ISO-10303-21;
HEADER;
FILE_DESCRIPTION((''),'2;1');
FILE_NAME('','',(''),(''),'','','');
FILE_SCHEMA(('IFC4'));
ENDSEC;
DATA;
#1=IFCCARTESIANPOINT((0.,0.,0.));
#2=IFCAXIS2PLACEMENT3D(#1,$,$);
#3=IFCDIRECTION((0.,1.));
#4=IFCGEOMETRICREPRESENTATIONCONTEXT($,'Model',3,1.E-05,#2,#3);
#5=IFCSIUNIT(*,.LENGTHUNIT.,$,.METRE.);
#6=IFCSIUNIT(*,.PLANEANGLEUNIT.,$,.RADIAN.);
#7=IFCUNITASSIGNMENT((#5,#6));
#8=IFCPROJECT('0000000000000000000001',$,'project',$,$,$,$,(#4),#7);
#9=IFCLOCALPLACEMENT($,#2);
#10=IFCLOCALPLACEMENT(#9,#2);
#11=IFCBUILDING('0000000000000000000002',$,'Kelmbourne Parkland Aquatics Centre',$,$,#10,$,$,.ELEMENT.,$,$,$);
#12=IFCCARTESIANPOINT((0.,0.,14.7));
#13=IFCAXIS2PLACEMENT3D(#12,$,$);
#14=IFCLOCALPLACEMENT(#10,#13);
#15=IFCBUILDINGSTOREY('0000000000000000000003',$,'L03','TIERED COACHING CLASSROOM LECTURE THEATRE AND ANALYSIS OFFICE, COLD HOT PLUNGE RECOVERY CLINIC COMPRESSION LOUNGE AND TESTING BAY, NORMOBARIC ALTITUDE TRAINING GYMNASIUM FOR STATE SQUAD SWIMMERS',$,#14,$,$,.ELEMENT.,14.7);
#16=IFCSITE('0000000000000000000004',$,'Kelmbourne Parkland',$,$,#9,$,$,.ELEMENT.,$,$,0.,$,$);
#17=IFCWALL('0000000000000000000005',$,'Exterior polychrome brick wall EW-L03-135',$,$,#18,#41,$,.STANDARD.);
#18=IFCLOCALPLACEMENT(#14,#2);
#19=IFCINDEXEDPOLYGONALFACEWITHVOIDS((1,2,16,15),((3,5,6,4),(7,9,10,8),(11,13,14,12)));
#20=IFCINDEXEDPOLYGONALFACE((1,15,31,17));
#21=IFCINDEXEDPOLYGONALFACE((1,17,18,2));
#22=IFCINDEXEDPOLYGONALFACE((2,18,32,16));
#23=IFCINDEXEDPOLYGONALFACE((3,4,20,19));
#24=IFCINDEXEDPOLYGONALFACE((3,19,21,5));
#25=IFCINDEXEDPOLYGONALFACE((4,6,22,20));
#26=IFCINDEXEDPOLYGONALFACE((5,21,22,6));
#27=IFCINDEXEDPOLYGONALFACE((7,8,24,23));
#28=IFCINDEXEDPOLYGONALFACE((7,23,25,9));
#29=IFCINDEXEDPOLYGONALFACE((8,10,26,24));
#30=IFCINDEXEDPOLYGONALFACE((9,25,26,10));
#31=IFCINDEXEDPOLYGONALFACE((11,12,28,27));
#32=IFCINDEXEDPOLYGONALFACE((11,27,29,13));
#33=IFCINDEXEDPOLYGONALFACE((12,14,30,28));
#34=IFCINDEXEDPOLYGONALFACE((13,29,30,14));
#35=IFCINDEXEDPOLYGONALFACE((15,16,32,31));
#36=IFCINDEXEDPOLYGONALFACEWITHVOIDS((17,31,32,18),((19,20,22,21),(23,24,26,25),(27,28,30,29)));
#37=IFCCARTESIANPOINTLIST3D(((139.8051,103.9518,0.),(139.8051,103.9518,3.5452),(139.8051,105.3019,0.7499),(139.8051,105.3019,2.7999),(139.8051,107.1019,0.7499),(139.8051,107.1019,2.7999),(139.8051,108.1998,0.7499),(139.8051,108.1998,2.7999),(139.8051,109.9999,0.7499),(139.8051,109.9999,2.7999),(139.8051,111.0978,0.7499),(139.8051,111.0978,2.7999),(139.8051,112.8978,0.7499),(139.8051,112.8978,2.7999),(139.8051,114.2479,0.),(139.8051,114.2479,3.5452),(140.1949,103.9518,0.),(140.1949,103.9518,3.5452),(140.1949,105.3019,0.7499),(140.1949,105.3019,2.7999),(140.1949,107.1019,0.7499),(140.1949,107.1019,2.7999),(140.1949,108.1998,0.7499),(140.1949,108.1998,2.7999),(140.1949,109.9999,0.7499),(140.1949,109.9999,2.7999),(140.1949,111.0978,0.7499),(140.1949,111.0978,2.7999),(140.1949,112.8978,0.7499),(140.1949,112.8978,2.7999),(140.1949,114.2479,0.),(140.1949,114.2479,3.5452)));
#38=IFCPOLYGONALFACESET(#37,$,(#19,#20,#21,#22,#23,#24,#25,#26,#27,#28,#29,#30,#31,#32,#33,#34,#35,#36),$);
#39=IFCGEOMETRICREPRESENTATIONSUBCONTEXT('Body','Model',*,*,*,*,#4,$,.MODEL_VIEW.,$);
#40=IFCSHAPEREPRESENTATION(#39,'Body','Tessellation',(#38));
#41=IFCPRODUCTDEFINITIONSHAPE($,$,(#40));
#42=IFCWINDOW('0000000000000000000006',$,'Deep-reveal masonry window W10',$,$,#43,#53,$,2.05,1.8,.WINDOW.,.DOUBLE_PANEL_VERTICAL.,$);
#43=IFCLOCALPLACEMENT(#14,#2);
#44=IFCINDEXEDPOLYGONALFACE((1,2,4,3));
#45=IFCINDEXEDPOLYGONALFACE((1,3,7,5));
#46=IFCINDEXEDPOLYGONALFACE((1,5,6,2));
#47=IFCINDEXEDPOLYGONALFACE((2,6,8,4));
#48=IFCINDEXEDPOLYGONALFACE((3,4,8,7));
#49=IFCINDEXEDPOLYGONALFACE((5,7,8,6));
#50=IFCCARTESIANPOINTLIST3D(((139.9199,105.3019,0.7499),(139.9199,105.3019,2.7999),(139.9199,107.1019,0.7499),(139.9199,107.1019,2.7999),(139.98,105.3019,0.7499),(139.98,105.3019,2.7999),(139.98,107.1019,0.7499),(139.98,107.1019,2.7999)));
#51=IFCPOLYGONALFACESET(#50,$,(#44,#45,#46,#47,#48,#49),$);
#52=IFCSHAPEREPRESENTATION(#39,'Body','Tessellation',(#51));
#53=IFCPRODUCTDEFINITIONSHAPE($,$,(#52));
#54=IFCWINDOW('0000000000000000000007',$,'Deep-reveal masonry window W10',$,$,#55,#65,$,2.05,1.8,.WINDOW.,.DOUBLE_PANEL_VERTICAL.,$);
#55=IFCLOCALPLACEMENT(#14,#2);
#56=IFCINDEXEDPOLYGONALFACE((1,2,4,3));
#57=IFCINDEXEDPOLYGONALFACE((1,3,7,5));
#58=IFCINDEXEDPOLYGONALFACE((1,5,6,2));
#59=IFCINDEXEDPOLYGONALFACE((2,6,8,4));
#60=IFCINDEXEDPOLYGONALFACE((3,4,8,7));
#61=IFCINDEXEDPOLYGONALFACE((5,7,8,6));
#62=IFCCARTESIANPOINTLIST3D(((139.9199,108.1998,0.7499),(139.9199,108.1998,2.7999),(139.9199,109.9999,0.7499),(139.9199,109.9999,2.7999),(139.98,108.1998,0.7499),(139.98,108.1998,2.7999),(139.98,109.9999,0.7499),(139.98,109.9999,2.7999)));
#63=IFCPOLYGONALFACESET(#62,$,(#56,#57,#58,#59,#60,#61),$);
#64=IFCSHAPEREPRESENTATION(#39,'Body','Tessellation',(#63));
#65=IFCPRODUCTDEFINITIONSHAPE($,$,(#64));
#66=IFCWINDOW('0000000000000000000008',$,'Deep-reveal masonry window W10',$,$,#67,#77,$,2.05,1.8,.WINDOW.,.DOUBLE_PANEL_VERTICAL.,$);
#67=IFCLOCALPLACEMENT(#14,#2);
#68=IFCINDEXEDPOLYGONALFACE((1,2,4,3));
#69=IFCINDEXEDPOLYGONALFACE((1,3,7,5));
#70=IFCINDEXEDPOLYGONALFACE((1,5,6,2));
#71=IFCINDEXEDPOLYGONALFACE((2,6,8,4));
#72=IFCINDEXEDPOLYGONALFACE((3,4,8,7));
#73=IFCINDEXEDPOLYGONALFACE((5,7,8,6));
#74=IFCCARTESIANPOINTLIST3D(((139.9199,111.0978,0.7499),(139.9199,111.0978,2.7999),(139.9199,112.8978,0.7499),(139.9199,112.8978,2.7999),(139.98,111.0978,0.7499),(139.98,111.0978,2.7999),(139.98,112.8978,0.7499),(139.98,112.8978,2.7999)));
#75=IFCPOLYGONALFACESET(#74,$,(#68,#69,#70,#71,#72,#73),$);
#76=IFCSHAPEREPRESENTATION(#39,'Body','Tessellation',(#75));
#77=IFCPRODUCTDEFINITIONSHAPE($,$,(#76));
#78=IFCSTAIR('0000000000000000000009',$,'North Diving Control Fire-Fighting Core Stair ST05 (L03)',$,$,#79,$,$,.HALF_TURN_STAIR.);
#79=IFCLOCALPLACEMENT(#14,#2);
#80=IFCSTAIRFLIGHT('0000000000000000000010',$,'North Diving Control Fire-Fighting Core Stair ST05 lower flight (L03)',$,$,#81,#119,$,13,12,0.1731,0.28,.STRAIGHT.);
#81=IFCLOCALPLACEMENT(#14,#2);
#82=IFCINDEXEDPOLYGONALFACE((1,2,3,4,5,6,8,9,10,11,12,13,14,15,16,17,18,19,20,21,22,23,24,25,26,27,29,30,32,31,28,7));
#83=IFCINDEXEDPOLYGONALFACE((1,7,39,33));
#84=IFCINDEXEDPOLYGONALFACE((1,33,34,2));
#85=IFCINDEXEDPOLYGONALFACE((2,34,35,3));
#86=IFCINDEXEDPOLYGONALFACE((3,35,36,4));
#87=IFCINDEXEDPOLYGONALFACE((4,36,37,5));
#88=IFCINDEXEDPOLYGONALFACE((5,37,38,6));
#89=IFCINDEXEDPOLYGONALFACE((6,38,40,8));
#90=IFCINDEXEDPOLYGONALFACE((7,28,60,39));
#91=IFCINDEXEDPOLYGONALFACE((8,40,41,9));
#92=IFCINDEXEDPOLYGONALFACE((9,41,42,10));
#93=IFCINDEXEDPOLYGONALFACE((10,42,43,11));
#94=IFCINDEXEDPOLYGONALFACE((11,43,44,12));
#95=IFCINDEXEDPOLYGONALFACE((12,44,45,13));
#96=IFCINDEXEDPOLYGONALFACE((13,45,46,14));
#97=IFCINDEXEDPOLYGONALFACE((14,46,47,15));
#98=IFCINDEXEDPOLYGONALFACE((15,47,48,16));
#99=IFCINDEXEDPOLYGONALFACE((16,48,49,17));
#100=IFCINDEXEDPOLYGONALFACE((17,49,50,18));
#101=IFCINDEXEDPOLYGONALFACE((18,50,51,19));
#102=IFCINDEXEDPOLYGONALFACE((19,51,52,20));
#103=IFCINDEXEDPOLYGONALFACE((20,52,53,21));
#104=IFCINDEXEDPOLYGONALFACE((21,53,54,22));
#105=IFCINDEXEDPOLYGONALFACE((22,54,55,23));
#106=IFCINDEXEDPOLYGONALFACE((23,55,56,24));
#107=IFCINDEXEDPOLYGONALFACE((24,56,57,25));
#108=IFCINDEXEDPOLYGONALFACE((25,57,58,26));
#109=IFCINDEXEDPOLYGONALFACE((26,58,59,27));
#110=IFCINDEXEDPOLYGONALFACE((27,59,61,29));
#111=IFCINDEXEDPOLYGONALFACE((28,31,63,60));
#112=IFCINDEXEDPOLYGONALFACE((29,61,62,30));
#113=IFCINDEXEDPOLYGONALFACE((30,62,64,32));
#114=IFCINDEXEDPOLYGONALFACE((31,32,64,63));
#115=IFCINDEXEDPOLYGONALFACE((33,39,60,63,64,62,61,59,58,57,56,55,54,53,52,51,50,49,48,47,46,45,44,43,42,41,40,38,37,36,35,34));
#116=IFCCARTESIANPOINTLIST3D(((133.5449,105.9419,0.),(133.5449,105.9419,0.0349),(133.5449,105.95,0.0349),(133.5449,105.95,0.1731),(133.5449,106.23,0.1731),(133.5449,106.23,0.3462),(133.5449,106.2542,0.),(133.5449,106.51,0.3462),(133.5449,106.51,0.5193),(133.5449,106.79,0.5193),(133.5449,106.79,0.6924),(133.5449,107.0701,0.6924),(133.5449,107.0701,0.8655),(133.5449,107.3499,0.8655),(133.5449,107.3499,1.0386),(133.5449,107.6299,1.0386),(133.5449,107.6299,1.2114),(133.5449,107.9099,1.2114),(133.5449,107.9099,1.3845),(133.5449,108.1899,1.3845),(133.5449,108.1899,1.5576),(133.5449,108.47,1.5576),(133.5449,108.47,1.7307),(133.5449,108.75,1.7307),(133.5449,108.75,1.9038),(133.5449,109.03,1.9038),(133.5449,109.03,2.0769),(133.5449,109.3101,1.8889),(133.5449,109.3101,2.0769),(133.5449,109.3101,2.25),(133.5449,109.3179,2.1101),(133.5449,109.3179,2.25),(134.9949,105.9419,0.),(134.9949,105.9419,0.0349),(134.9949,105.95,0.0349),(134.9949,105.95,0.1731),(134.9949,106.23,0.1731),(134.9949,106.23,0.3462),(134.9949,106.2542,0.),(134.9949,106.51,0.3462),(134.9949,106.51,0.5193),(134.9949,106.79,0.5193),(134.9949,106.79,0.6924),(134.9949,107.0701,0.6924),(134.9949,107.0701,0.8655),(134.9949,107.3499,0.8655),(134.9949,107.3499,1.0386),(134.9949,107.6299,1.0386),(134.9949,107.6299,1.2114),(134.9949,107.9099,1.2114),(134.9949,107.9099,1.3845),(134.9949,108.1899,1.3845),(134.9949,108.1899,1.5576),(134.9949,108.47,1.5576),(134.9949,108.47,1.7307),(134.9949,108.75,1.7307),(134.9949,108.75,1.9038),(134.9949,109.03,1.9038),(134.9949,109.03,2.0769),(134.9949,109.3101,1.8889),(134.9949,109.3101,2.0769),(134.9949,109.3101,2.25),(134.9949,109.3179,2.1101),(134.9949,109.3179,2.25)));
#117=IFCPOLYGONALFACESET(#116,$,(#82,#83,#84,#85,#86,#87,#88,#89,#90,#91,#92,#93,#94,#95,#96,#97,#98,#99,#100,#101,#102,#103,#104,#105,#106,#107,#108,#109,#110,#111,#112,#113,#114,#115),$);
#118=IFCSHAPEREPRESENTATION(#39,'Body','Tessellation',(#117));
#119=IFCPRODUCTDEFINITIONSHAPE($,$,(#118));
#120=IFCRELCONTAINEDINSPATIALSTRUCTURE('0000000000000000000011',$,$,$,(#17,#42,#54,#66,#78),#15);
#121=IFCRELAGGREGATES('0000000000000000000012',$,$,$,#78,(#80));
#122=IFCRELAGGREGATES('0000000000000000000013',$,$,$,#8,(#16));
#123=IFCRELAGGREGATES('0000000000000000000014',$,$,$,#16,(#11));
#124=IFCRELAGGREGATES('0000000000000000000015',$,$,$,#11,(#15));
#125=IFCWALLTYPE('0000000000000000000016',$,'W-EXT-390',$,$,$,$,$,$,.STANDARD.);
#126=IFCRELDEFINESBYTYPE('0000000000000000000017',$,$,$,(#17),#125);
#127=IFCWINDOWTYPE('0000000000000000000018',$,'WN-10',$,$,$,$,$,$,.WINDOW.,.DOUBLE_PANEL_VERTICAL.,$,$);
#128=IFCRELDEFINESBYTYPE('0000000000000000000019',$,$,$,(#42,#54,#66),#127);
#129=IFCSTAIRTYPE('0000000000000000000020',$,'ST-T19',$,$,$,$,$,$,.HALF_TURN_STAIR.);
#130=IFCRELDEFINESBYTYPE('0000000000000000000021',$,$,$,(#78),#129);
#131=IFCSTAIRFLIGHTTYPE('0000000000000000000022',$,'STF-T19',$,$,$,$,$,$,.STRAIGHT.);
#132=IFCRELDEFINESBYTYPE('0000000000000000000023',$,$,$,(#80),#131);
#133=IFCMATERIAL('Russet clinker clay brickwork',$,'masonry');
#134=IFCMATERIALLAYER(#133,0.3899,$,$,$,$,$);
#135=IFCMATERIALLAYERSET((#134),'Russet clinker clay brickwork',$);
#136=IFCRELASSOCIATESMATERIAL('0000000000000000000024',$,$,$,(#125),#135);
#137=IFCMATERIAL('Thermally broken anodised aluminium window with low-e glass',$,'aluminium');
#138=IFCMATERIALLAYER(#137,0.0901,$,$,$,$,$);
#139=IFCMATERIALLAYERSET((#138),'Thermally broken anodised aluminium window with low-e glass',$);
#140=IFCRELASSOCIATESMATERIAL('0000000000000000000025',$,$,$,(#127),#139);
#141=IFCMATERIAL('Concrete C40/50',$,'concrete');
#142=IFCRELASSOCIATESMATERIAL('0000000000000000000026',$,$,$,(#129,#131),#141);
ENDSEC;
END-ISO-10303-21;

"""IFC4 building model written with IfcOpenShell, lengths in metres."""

from ifc_helpers import new_model, si_unit, direction, frame, frame_2d, origin, place, context, subcontext, project, spatial, polyline, rectangle, outline, extrude, material, layer, layer_set, type_object, element, fill, aggregate, save


model = new_model("IFC4")

# Units and contexts
model_context = context("Model", 3, precision=1e-05, world=origin(), true_north=direction((0.0, 1.0)))
body_context = subcontext(model_context, "Body", "Model", "MODEL_VIEW")
ifc_project = project(units=[si_unit("LENGTHUNIT", "METRE"), si_unit("PLANEANGLEUNIT", "RADIAN")], contexts=[model_context])

# Site, building, storey
site_placement = place(None, origin())
site = spatial("IfcSite", under=ifc_project, at=site_placement, Name="Kelmbourne Parkland", CompositionType="ELEMENT", RefElevation=0.0)
building_placement = place(site_placement, origin())
building = spatial("IfcBuilding", under=site, at=building_placement, Name="Kelmbourne Parkland Aquatics Centre", CompositionType="ELEMENT")
storey_placement = place(building_placement, frame((0.0, 0.0, 14.7)))
storey = spatial("IfcBuildingStorey", under=building, at=storey_placement, Name="L03", Description="TIERED COACHING CLASSROOM LECTURE THEATRE AND ANALYSIS OFFICE, COLD HOT PLUNGE RECOVERY CLINIC COMPRESSION LOUNGE AND TESTING BAY, NORMOBARIC ALTITUDE TRAINING GYMNASIUM FOR STATE SQUAD SWIMMERS", CompositionType="ELEMENT", Elevation=14.7)

# Shared definitions
ifc_material_1 = material(Name="Concrete C40/50", Category="concrete")

# Wall, openings, windows
ifc_material_2 = material(Name="Russet clinker clay brickwork", Category="masonry")
ifc_layer_1 = layer(ifc_material_2, 0.3899)
ifc_layer_set_1 = layer_set([ifc_layer_1], Name="Russet clinker clay brickwork")
wall_type_1 = type_object("IfcWallType", Name="W-EXT-390", PredefinedType="STANDARD", material=ifc_layer_set_1)
wall_1_placement = place(storey_placement, frame((140.0, 103.9519, 0.0), z_axis=(0.0, 0.0, 1.0), x_axis=(0.0, 1.0, 0.0)))
wall_1 = element("IfcWall", 1, at=wall_1_placement, inside=storey, type_object=wall_type_1, Name="Exterior polychrome brick wall EW-L03-135", PredefinedType="STANDARD", context=body_context, shape_type="SweptSolid", body=[
    extrude(rectangle(XDim=10.2961, YDim=0.3899, at=frame_2d((5.1479, 0.0))), origin(), (0.0, 0.0, 1.0), 3.5452),
])
opening_1_placement = place(wall_1_placement, frame((1.3501, 0.0, 0.75)))
opening_1 = element("IfcOpeningElement", 2, at=opening_1_placement, cuts=wall_1, PredefinedType="OPENING", context=body_context, shape_type="SweptSolid", body=[
    extrude(rectangle(XDim=1.8, YDim=2.05, at=frame_2d((0.8999, 1.0249))), frame((0.0, 0.207, 0.0), z_axis=(0.0, -1.0, 0.0), x_axis=(1.0, 0.0, 0.0)), (0.0, 0.0, 1.0), 0.4138),
])
opening_2_placement = place(wall_1_placement, frame((4.248, 0.0, 0.75)))
opening_2 = element("IfcOpeningElement", 3, at=opening_2_placement, cuts=wall_1, PredefinedType="OPENING", context=body_context, shape_type="SweptSolid", body=[
    extrude(rectangle(XDim=1.8, YDim=2.05, at=frame_2d((0.8999, 1.0249))), frame((0.0, 0.207, 0.0), z_axis=(0.0, -1.0, 0.0), x_axis=(1.0, 0.0, 0.0)), (0.0, 0.0, 1.0), 0.4138),
])
opening_3_placement = place(wall_1_placement, frame((7.146, 0.0, 0.75)))
opening_3 = element("IfcOpeningElement", 4, at=opening_3_placement, cuts=wall_1, PredefinedType="OPENING", context=body_context, shape_type="SweptSolid", body=[
    extrude(rectangle(XDim=1.8, YDim=2.05, at=frame_2d((0.8999, 1.0249))), frame((0.0, 0.207, 0.0), z_axis=(0.0, -1.0, 0.0), x_axis=(1.0, 0.0, 0.0)), (0.0, 0.0, 1.0), 0.4138),
])
ifc_material_3 = material(Name="Thermally broken anodised aluminium window with low-e glass", Category="aluminium")
ifc_layer_2 = layer(ifc_material_3, 0.0901)
ifc_layer_set_2 = layer_set([ifc_layer_2], Name="Thermally broken anodised aluminium window with low-e glass")
window_type = type_object("IfcWindowType", Name="WN-10", PartitioningType="DOUBLE_PANEL_VERTICAL", PredefinedType="WINDOW", material=ifc_layer_set_2)
window_1_placement = place(opening_1_placement, origin())
window_1 = element("IfcWindow", 5, at=window_1_placement, inside=storey, type_object=window_type, Name="Deep-reveal masonry window W10", OverallHeight=2.05, OverallWidth=1.8, PartitioningType="DOUBLE_PANEL_VERTICAL", PredefinedType="WINDOW", context=body_context, shape_type="SweptSolid", body=[
    extrude(rectangle(XDim=1.8, YDim=2.05, at=frame_2d((0.8999, 1.0249))), frame((0.0, 0.0801, 0.0), z_axis=(0.0, -1.0, 0.0), x_axis=(1.0, 0.0, 0.0)), (0.0, 0.0, 1.0), 0.0601),
])
fill(opening_1, window_1)
window_2_placement = place(opening_2_placement, origin())
window_2 = element("IfcWindow", 6, at=window_2_placement, inside=storey, type_object=window_type, Name="Deep-reveal masonry window W10", OverallHeight=2.05, OverallWidth=1.8, PartitioningType="DOUBLE_PANEL_VERTICAL", PredefinedType="WINDOW", context=body_context, shape_type="SweptSolid", body=[
    extrude(rectangle(XDim=1.8, YDim=2.05, at=frame_2d((0.8999, 1.0249))), frame((0.0, 0.0801, 0.0), z_axis=(0.0, -1.0, 0.0), x_axis=(1.0, 0.0, 0.0)), (0.0, 0.0, 1.0), 0.0601),
])
fill(opening_2, window_2)
window_3_placement = place(opening_3_placement, origin())
window_3 = element("IfcWindow", 7, at=window_3_placement, inside=storey, type_object=window_type, Name="Deep-reveal masonry window W10", OverallHeight=2.05, OverallWidth=1.8, PartitioningType="DOUBLE_PANEL_VERTICAL", PredefinedType="WINDOW", context=body_context, shape_type="SweptSolid", body=[
    extrude(rectangle(XDim=1.8, YDim=2.05, at=frame_2d((0.8999, 1.0249))), frame((0.0, 0.0801, 0.0), z_axis=(0.0, -1.0, 0.0), x_axis=(1.0, 0.0, 0.0)), (0.0, 0.0, 1.0), 0.0601),
])
fill(opening_3, window_3)

# Stair, stair flight
stair_type = type_object("IfcStairType", Name="ST-T19", PredefinedType="HALF_TURN_STAIR", material=ifc_material_1)
stair_placement = place(storey_placement, origin())
stair = element("IfcStair", 8, at=stair_placement, inside=storey, type_object=stair_type, Name="North Diving Control Fire-Fighting Core Stair ST05 (L03)", PredefinedType="HALF_TURN_STAIR")
stair_flight_type = type_object("IfcStairFlightType", Name="STF-T19", PredefinedType="STRAIGHT", material=ifc_material_1)
stair_flight_placement = place(storey_placement, frame((134.27, 105.95, 0.0), z_axis=(0.0, 0.0, 1.0), x_axis=(0.0, 1.0, 0.0)))
stair_flight = element("IfcStairFlight", 9, at=stair_flight_placement, type_object=stair_flight_type, Name="North Diving Control Fire-Fighting Core Stair ST05 lower flight (L03)", NumberOfRisers=13, NumberOfTreads=12, PredefinedType="STRAIGHT", RiserHeight=0.1731, TreadLength=0.28, context=body_context, shape_type="SweptSolid", body=[
    extrude(outline(polyline([(-0.0081, 0.0), (-0.0081, 0.0349), (0.0, 0.0349), (0.0, 0.1731), (0.28, 0.1731), (0.28, 0.3462), (0.5601, 0.3462), (0.5601, 0.5193), (0.8401, 0.5193), (0.8401, 0.6924), (1.1201, 0.6924), (1.1201, 0.8655), (1.3999, 0.8655), (1.3999, 1.0386), (1.6799, 1.0386), (1.6799, 1.2114), (1.96, 1.2114), (1.96, 1.3845), (2.24, 1.3845), (2.24, 1.5576), (2.52, 1.5576), (2.52, 1.7307), (2.8, 1.7307), (2.8, 1.9038), (3.0801, 1.9038), (3.0801, 2.0769), (3.3601, 2.0769), (3.3601, 2.25), (3.3679, 2.25), (3.3679, 2.1101), (3.3601, 1.8889), (0.3042, 0.0), (-0.0081, 0.0)])), frame((0.0, 0.7251, 0.0), z_axis=(0.0, -1.0, 0.0), x_axis=(1.0, 0.0, 0.0)), (0.0, 0.0, 1.0), 1.45),
])
aggregate(stair, [stair_flight])

save(model, "model.ifc")
